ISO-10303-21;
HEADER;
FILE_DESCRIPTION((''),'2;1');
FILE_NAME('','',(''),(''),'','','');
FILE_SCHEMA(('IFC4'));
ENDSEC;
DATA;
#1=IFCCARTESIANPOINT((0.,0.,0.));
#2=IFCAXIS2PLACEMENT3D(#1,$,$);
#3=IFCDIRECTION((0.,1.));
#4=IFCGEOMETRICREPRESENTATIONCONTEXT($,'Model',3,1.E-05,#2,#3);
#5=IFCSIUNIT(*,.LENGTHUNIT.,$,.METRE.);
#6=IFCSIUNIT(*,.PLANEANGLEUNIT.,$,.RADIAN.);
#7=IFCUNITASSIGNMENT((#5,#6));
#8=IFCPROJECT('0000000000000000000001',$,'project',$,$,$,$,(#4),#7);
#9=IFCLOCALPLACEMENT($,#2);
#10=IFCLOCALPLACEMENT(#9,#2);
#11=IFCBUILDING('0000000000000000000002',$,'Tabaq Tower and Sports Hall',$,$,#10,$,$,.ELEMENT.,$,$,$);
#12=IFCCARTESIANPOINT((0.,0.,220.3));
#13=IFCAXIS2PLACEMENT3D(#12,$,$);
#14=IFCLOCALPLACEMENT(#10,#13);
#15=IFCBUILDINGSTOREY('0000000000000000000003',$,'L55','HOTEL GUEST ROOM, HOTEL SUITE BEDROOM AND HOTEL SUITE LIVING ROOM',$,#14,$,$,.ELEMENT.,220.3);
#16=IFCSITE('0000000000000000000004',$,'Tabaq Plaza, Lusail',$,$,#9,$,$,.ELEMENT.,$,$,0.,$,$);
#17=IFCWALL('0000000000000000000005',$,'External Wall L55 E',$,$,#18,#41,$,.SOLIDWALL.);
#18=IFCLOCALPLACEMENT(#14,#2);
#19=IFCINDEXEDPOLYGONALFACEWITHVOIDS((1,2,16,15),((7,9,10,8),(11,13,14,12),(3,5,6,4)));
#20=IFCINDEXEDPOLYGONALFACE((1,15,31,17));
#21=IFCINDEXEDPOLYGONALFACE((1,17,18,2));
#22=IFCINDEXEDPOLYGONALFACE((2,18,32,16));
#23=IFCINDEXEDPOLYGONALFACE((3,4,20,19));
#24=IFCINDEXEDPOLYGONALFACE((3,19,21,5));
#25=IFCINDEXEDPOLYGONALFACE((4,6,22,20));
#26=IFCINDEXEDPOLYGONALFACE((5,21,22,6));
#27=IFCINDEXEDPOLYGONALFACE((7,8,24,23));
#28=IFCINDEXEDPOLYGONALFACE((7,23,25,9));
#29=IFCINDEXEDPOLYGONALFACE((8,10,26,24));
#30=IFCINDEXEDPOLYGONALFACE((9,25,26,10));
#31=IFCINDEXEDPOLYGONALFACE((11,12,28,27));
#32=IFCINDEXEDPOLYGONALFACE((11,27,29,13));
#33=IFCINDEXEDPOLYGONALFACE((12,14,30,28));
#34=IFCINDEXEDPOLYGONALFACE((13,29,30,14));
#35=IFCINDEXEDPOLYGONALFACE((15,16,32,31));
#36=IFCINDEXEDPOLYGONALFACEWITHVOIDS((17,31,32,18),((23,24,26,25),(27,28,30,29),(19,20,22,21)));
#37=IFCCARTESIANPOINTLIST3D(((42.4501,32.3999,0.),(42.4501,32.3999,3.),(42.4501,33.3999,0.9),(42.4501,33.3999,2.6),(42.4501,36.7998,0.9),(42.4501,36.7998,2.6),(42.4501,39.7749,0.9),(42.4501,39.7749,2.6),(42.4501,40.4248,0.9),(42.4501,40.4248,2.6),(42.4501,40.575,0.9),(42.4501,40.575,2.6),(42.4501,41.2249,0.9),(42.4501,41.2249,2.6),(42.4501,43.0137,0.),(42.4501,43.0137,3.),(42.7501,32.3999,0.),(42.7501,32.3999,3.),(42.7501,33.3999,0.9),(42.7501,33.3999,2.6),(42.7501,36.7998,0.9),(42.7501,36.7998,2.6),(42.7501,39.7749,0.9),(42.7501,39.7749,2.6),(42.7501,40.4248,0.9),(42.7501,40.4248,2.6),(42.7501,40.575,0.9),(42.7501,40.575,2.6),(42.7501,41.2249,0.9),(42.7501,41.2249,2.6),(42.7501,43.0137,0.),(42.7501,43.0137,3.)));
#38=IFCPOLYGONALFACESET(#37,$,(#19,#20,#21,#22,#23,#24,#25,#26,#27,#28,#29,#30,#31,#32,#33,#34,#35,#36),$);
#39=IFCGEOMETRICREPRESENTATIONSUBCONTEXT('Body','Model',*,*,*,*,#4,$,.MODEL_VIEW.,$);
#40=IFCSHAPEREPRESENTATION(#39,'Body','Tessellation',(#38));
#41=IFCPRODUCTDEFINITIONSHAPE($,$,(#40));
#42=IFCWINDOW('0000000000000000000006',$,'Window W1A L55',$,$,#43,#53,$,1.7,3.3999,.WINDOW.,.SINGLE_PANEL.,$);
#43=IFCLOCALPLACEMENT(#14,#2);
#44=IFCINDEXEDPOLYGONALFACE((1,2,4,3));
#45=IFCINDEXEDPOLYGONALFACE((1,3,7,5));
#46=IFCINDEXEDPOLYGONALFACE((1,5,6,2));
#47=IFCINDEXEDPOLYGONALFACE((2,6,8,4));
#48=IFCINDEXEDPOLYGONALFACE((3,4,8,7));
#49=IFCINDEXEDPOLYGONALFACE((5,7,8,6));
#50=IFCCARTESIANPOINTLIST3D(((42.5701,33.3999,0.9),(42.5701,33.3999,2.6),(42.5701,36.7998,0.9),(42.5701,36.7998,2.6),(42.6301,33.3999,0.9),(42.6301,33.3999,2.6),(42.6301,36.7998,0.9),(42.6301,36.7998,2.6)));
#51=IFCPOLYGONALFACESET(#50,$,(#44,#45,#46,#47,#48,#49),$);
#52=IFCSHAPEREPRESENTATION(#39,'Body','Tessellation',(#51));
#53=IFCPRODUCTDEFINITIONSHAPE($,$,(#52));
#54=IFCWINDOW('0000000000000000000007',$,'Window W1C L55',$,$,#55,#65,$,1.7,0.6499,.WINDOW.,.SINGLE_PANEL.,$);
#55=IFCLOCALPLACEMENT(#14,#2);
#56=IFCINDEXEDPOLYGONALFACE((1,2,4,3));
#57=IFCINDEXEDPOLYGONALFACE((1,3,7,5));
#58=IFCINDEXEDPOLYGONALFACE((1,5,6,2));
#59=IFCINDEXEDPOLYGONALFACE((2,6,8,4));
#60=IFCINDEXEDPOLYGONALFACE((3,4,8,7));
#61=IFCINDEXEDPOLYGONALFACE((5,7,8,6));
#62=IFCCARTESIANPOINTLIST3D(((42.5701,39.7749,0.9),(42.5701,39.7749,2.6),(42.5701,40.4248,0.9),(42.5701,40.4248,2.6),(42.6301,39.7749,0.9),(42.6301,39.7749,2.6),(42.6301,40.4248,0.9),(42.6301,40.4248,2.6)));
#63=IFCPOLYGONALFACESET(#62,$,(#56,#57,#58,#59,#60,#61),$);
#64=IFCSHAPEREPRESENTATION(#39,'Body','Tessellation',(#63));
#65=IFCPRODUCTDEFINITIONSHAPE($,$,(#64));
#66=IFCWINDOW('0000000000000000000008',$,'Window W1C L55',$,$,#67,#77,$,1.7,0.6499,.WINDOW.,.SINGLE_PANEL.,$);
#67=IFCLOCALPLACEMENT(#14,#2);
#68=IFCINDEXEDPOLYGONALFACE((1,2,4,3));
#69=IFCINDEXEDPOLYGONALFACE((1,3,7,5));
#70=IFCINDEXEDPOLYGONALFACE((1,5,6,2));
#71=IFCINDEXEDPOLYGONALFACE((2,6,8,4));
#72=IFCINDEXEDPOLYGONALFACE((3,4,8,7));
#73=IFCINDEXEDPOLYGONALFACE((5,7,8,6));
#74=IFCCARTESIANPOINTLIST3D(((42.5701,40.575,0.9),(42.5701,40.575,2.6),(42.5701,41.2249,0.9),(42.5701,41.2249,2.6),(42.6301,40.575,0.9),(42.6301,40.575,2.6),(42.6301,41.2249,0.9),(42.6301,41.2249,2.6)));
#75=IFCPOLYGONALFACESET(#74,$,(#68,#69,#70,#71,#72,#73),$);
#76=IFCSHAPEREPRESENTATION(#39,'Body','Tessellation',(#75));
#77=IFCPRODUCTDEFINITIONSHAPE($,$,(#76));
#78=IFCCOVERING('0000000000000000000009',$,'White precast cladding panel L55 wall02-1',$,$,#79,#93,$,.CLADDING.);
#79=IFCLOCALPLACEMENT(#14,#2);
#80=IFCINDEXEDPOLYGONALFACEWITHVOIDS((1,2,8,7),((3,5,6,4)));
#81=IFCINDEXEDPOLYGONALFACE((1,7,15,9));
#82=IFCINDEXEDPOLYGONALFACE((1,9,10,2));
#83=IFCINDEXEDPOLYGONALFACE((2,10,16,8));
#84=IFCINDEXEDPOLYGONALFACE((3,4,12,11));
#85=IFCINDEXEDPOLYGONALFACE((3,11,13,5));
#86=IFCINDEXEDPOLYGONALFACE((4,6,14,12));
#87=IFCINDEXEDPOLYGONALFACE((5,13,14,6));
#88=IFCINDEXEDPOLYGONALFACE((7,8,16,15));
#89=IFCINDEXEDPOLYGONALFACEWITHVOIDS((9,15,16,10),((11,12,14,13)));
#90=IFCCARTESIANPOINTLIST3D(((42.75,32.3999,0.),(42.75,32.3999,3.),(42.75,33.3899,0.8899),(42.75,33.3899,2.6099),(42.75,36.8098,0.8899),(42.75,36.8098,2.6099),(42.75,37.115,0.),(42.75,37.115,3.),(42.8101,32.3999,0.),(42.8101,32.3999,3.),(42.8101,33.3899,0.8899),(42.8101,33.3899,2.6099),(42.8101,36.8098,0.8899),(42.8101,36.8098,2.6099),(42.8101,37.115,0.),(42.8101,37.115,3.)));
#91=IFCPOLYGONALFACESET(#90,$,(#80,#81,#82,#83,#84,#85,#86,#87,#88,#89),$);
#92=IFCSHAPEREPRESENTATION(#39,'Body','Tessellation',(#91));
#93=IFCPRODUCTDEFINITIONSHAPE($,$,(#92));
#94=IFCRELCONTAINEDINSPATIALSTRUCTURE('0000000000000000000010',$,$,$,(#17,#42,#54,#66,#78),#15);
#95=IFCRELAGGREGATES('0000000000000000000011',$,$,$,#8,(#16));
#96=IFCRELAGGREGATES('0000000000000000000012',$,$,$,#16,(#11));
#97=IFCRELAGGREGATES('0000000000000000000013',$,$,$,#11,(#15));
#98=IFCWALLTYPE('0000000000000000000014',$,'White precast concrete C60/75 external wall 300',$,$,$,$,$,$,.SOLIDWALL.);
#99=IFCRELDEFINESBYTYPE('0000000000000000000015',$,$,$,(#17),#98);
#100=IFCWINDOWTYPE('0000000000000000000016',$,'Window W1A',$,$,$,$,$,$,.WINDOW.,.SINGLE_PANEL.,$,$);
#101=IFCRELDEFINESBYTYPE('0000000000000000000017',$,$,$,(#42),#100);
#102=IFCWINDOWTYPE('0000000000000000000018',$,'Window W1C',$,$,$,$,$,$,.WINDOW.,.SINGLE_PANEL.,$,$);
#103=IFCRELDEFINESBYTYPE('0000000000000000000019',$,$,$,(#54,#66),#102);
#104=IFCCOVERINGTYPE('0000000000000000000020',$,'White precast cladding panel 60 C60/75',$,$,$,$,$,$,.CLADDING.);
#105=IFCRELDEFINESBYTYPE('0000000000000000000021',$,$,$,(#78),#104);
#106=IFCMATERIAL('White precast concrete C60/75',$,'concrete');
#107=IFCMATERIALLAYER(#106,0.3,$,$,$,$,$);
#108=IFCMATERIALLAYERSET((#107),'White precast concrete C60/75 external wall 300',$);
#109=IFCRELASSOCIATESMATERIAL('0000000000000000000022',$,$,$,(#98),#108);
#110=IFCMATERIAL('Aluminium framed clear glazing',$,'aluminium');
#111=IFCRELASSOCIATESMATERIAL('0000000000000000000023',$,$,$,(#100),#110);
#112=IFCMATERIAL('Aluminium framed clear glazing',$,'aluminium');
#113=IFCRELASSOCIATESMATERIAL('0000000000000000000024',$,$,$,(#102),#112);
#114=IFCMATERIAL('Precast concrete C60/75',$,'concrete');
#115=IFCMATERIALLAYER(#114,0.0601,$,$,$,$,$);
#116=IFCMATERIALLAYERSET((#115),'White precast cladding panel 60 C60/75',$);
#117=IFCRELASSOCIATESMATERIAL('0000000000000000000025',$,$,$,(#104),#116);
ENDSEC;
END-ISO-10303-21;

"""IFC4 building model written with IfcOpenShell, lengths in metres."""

from ifc_helpers import new_model, si_unit, direction, frame, frame_2d, origin, place, context, subcontext, project, spatial, polyline, rectangle, outline, extrude, material, layer, layer_set, type_object, element, fill, save


model = new_model("IFC4")

# Units and contexts
model_context = context("Model", 3, precision=1e-05, world=origin(), true_north=direction((0.0, 1.0)))
body_context = subcontext(model_context, "Body", "Model", "MODEL_VIEW")
ifc_project = project(units=[si_unit("LENGTHUNIT", "METRE"), si_unit("PLANEANGLEUNIT", "RADIAN")], contexts=[model_context])

# Site, building, storey
site_placement = place(None, origin())
site = spatial("IfcSite", under=ifc_project, at=site_placement, Name="Tabaq Plaza, Lusail", CompositionType="ELEMENT", RefElevation=0.0)
building_placement = place(site_placement, origin())
building = spatial("IfcBuilding", under=site, at=building_placement, Name="Tabaq Tower and Sports Hall", CompositionType="ELEMENT")
storey_placement = place(building_placement, frame((0.0, 0.0, 220.3)))
storey = spatial("IfcBuildingStorey", under=building, at=storey_placement, Name="L55", Description="HOTEL GUEST ROOM, HOTEL SUITE BEDROOM AND HOTEL SUITE LIVING ROOM", CompositionType="ELEMENT", Elevation=220.3)

# Wall, openings, windows
ifc_material_1 = material(Name="White precast concrete C60/75", Category="concrete")
ifc_layer_1 = layer(ifc_material_1, 0.3)
ifc_layer_set_1 = layer_set([ifc_layer_1], Name="White precast concrete C60/75 external wall 300")
wall_type_1 = type_object("IfcWallType", Name="White precast concrete C60/75 external wall 300", PredefinedType="SOLIDWALL", material=ifc_layer_set_1)
wall_1_placement = place(storey_placement, frame((42.6001, 32.3999, 0.0), z_axis=(0.0, 0.0, 1.0), x_axis=(0.0, 1.0, 0.0)))
wall_1 = element("IfcWall", 1, at=wall_1_placement, inside=storey, type_object=wall_type_1, Name="External Wall L55 E", PredefinedType="SOLIDWALL", context=body_context, shape_type="SweptSolid", body=[
    extrude(rectangle(XDim=10.6138, YDim=0.3, at=frame_2d((5.3069, 0.0))), origin(), (0.0, 0.0, 1.0), 3.0),
])
opening_1_placement = place(wall_1_placement, frame((1.0, 0.0, 0.8999)))
opening_1 = element("IfcOpeningElement", 2, at=opening_1_placement, cuts=wall_1, PredefinedType="OPENING", context=body_context, shape_type="SweptSolid", body=[
    extrude(rectangle(XDim=3.3999, YDim=1.7, at=frame_2d((1.7, 0.8501))), frame((0.0, 0.1602, 0.0), z_axis=(0.0, -1.0, 0.0), x_axis=(1.0, 0.0, 0.0)), (0.0, 0.0, 1.0), 0.3201),
])
opening_2_placement = place(wall_1_placement, frame((7.375, 0.0, 0.8999)))
opening_2 = element("IfcOpeningElement", 3, at=opening_2_placement, cuts=wall_1, PredefinedType="OPENING", context=body_context, shape_type="SweptSolid", body=[
    extrude(rectangle(XDim=0.6499, YDim=1.7, at=frame_2d((0.325, 0.8501))), frame((0.0, 0.1602, 0.0), z_axis=(0.0, -1.0, 0.0), x_axis=(1.0, 0.0, 0.0)), (0.0, 0.0, 1.0), 0.3201),
])
opening_3_placement = place(wall_1_placement, frame((8.175, 0.0, 0.8999)))
opening_3 = element("IfcOpeningElement", 4, at=opening_3_placement, cuts=wall_1, PredefinedType="OPENING", context=body_context, shape_type="SweptSolid", body=[
    extrude(rectangle(XDim=0.6499, YDim=1.7, at=frame_2d((0.325, 0.8501))), frame((0.0, 0.1602, 0.0), z_axis=(0.0, -1.0, 0.0), x_axis=(1.0, 0.0, 0.0)), (0.0, 0.0, 1.0), 0.3201),
])
ifc_material_2 = material(Name="Aluminium framed clear glazing", Category="aluminium")
window_type_1 = type_object("IfcWindowType", Name="Window W1A", PartitioningType="SINGLE_PANEL", PredefinedType="WINDOW", material=ifc_material_2)
window_1_placement = place(opening_1_placement, origin())
window_1 = element("IfcWindow", 5, at=window_1_placement, inside=storey, type_object=window_type_1, Name="Window W1A L55", OverallHeight=1.7, OverallWidth=3.3999, PartitioningType="SINGLE_PANEL", PredefinedType="WINDOW", context=body_context, shape_type="SweptSolid", body=[
    extrude(rectangle(XDim=3.3999, YDim=1.7, at=frame_2d((1.7, 0.8501))), frame((0.0, 0.03, 0.0), z_axis=(0.0, -1.0, 0.0), x_axis=(1.0, 0.0, 0.0)), (0.0, 0.0, 1.0), 0.0601),
])
fill(opening_1, window_1)
ifc_material_3 = material(Name="Aluminium framed clear glazing", Category="aluminium")
window_type_2 = type_object("IfcWindowType", Name="Window W1C", PartitioningType="SINGLE_PANEL", PredefinedType="WINDOW", material=ifc_material_3)
window_2_placement = place(opening_2_placement, origin())
window_2 = element("IfcWindow", 6, at=window_2_placement, inside=storey, type_object=window_type_2, Name="Window W1C L55", OverallHeight=1.7, OverallWidth=0.6499, PartitioningType="SINGLE_PANEL", PredefinedType="WINDOW", context=body_context, shape_type="SweptSolid", body=[
    extrude(rectangle(XDim=0.6499, YDim=1.7, at=frame_2d((0.325, 0.8501))), frame((0.0, 0.03, 0.0), z_axis=(0.0, -1.0, 0.0), x_axis=(1.0, 0.0, 0.0)), (0.0, 0.0, 1.0), 0.0601),
])
fill(opening_2, window_2)
window_3_placement = place(opening_3_placement, origin())
window_3 = element("IfcWindow", 7, at=window_3_placement, inside=storey, type_object=window_type_2, Name="Window W1C L55", OverallHeight=1.7, OverallWidth=0.6499, PartitioningType="SINGLE_PANEL", PredefinedType="WINDOW", context=body_context, shape_type="SweptSolid", body=[
    extrude(rectangle(XDim=0.6499, YDim=1.7, at=frame_2d((0.325, 0.8501))), frame((0.0, 0.03, 0.0), z_axis=(0.0, -1.0, 0.0), x_axis=(1.0, 0.0, 0.0)), (0.0, 0.0, 1.0), 0.0601),
])
fill(opening_3, window_3)

# Covering
ifc_material_4 = material(Name="Precast concrete C60/75", Category="concrete")
ifc_layer_2 = layer(ifc_material_4, 0.0601)
ifc_layer_set_2 = layer_set([ifc_layer_2], Name="White precast cladding panel 60 C60/75")
covering_type = type_object("IfcCoveringType", Name="White precast cladding panel 60 C60/75", PredefinedType="CLADDING", material=ifc_layer_set_2)
covering_placement = place(storey_placement, frame((42.78, 32.3999, 0.0), z_axis=(0.0, 0.0, 1.0), x_axis=(0.0, 1.0, 0.0)))
element("IfcCovering", 8, at=covering_placement, inside=storey, type_object=covering_type, Name="White precast cladding panel L55 wall02-1", PredefinedType="CLADDING", context=body_context, shape_type="SweptSolid", body=[
    extrude(outline(polyline([(0.0, 0.0), (4.7151, 0.0), (4.7151, 3.0), (0.0, 3.0), (0.0, 0.0)]), holes=[polyline([(0.99, 0.8899), (0.99, 2.6099), (4.4099, 2.6099), (4.4099, 0.8899), (0.99, 0.8899)])]), frame((0.0, 0.03, 0.0), z_axis=(0.0, -1.0, 0.0), x_axis=(1.0, 0.0, 0.0)), (0.0, 0.0, 1.0), 0.0601),
])

save(model, "model.ifc")
